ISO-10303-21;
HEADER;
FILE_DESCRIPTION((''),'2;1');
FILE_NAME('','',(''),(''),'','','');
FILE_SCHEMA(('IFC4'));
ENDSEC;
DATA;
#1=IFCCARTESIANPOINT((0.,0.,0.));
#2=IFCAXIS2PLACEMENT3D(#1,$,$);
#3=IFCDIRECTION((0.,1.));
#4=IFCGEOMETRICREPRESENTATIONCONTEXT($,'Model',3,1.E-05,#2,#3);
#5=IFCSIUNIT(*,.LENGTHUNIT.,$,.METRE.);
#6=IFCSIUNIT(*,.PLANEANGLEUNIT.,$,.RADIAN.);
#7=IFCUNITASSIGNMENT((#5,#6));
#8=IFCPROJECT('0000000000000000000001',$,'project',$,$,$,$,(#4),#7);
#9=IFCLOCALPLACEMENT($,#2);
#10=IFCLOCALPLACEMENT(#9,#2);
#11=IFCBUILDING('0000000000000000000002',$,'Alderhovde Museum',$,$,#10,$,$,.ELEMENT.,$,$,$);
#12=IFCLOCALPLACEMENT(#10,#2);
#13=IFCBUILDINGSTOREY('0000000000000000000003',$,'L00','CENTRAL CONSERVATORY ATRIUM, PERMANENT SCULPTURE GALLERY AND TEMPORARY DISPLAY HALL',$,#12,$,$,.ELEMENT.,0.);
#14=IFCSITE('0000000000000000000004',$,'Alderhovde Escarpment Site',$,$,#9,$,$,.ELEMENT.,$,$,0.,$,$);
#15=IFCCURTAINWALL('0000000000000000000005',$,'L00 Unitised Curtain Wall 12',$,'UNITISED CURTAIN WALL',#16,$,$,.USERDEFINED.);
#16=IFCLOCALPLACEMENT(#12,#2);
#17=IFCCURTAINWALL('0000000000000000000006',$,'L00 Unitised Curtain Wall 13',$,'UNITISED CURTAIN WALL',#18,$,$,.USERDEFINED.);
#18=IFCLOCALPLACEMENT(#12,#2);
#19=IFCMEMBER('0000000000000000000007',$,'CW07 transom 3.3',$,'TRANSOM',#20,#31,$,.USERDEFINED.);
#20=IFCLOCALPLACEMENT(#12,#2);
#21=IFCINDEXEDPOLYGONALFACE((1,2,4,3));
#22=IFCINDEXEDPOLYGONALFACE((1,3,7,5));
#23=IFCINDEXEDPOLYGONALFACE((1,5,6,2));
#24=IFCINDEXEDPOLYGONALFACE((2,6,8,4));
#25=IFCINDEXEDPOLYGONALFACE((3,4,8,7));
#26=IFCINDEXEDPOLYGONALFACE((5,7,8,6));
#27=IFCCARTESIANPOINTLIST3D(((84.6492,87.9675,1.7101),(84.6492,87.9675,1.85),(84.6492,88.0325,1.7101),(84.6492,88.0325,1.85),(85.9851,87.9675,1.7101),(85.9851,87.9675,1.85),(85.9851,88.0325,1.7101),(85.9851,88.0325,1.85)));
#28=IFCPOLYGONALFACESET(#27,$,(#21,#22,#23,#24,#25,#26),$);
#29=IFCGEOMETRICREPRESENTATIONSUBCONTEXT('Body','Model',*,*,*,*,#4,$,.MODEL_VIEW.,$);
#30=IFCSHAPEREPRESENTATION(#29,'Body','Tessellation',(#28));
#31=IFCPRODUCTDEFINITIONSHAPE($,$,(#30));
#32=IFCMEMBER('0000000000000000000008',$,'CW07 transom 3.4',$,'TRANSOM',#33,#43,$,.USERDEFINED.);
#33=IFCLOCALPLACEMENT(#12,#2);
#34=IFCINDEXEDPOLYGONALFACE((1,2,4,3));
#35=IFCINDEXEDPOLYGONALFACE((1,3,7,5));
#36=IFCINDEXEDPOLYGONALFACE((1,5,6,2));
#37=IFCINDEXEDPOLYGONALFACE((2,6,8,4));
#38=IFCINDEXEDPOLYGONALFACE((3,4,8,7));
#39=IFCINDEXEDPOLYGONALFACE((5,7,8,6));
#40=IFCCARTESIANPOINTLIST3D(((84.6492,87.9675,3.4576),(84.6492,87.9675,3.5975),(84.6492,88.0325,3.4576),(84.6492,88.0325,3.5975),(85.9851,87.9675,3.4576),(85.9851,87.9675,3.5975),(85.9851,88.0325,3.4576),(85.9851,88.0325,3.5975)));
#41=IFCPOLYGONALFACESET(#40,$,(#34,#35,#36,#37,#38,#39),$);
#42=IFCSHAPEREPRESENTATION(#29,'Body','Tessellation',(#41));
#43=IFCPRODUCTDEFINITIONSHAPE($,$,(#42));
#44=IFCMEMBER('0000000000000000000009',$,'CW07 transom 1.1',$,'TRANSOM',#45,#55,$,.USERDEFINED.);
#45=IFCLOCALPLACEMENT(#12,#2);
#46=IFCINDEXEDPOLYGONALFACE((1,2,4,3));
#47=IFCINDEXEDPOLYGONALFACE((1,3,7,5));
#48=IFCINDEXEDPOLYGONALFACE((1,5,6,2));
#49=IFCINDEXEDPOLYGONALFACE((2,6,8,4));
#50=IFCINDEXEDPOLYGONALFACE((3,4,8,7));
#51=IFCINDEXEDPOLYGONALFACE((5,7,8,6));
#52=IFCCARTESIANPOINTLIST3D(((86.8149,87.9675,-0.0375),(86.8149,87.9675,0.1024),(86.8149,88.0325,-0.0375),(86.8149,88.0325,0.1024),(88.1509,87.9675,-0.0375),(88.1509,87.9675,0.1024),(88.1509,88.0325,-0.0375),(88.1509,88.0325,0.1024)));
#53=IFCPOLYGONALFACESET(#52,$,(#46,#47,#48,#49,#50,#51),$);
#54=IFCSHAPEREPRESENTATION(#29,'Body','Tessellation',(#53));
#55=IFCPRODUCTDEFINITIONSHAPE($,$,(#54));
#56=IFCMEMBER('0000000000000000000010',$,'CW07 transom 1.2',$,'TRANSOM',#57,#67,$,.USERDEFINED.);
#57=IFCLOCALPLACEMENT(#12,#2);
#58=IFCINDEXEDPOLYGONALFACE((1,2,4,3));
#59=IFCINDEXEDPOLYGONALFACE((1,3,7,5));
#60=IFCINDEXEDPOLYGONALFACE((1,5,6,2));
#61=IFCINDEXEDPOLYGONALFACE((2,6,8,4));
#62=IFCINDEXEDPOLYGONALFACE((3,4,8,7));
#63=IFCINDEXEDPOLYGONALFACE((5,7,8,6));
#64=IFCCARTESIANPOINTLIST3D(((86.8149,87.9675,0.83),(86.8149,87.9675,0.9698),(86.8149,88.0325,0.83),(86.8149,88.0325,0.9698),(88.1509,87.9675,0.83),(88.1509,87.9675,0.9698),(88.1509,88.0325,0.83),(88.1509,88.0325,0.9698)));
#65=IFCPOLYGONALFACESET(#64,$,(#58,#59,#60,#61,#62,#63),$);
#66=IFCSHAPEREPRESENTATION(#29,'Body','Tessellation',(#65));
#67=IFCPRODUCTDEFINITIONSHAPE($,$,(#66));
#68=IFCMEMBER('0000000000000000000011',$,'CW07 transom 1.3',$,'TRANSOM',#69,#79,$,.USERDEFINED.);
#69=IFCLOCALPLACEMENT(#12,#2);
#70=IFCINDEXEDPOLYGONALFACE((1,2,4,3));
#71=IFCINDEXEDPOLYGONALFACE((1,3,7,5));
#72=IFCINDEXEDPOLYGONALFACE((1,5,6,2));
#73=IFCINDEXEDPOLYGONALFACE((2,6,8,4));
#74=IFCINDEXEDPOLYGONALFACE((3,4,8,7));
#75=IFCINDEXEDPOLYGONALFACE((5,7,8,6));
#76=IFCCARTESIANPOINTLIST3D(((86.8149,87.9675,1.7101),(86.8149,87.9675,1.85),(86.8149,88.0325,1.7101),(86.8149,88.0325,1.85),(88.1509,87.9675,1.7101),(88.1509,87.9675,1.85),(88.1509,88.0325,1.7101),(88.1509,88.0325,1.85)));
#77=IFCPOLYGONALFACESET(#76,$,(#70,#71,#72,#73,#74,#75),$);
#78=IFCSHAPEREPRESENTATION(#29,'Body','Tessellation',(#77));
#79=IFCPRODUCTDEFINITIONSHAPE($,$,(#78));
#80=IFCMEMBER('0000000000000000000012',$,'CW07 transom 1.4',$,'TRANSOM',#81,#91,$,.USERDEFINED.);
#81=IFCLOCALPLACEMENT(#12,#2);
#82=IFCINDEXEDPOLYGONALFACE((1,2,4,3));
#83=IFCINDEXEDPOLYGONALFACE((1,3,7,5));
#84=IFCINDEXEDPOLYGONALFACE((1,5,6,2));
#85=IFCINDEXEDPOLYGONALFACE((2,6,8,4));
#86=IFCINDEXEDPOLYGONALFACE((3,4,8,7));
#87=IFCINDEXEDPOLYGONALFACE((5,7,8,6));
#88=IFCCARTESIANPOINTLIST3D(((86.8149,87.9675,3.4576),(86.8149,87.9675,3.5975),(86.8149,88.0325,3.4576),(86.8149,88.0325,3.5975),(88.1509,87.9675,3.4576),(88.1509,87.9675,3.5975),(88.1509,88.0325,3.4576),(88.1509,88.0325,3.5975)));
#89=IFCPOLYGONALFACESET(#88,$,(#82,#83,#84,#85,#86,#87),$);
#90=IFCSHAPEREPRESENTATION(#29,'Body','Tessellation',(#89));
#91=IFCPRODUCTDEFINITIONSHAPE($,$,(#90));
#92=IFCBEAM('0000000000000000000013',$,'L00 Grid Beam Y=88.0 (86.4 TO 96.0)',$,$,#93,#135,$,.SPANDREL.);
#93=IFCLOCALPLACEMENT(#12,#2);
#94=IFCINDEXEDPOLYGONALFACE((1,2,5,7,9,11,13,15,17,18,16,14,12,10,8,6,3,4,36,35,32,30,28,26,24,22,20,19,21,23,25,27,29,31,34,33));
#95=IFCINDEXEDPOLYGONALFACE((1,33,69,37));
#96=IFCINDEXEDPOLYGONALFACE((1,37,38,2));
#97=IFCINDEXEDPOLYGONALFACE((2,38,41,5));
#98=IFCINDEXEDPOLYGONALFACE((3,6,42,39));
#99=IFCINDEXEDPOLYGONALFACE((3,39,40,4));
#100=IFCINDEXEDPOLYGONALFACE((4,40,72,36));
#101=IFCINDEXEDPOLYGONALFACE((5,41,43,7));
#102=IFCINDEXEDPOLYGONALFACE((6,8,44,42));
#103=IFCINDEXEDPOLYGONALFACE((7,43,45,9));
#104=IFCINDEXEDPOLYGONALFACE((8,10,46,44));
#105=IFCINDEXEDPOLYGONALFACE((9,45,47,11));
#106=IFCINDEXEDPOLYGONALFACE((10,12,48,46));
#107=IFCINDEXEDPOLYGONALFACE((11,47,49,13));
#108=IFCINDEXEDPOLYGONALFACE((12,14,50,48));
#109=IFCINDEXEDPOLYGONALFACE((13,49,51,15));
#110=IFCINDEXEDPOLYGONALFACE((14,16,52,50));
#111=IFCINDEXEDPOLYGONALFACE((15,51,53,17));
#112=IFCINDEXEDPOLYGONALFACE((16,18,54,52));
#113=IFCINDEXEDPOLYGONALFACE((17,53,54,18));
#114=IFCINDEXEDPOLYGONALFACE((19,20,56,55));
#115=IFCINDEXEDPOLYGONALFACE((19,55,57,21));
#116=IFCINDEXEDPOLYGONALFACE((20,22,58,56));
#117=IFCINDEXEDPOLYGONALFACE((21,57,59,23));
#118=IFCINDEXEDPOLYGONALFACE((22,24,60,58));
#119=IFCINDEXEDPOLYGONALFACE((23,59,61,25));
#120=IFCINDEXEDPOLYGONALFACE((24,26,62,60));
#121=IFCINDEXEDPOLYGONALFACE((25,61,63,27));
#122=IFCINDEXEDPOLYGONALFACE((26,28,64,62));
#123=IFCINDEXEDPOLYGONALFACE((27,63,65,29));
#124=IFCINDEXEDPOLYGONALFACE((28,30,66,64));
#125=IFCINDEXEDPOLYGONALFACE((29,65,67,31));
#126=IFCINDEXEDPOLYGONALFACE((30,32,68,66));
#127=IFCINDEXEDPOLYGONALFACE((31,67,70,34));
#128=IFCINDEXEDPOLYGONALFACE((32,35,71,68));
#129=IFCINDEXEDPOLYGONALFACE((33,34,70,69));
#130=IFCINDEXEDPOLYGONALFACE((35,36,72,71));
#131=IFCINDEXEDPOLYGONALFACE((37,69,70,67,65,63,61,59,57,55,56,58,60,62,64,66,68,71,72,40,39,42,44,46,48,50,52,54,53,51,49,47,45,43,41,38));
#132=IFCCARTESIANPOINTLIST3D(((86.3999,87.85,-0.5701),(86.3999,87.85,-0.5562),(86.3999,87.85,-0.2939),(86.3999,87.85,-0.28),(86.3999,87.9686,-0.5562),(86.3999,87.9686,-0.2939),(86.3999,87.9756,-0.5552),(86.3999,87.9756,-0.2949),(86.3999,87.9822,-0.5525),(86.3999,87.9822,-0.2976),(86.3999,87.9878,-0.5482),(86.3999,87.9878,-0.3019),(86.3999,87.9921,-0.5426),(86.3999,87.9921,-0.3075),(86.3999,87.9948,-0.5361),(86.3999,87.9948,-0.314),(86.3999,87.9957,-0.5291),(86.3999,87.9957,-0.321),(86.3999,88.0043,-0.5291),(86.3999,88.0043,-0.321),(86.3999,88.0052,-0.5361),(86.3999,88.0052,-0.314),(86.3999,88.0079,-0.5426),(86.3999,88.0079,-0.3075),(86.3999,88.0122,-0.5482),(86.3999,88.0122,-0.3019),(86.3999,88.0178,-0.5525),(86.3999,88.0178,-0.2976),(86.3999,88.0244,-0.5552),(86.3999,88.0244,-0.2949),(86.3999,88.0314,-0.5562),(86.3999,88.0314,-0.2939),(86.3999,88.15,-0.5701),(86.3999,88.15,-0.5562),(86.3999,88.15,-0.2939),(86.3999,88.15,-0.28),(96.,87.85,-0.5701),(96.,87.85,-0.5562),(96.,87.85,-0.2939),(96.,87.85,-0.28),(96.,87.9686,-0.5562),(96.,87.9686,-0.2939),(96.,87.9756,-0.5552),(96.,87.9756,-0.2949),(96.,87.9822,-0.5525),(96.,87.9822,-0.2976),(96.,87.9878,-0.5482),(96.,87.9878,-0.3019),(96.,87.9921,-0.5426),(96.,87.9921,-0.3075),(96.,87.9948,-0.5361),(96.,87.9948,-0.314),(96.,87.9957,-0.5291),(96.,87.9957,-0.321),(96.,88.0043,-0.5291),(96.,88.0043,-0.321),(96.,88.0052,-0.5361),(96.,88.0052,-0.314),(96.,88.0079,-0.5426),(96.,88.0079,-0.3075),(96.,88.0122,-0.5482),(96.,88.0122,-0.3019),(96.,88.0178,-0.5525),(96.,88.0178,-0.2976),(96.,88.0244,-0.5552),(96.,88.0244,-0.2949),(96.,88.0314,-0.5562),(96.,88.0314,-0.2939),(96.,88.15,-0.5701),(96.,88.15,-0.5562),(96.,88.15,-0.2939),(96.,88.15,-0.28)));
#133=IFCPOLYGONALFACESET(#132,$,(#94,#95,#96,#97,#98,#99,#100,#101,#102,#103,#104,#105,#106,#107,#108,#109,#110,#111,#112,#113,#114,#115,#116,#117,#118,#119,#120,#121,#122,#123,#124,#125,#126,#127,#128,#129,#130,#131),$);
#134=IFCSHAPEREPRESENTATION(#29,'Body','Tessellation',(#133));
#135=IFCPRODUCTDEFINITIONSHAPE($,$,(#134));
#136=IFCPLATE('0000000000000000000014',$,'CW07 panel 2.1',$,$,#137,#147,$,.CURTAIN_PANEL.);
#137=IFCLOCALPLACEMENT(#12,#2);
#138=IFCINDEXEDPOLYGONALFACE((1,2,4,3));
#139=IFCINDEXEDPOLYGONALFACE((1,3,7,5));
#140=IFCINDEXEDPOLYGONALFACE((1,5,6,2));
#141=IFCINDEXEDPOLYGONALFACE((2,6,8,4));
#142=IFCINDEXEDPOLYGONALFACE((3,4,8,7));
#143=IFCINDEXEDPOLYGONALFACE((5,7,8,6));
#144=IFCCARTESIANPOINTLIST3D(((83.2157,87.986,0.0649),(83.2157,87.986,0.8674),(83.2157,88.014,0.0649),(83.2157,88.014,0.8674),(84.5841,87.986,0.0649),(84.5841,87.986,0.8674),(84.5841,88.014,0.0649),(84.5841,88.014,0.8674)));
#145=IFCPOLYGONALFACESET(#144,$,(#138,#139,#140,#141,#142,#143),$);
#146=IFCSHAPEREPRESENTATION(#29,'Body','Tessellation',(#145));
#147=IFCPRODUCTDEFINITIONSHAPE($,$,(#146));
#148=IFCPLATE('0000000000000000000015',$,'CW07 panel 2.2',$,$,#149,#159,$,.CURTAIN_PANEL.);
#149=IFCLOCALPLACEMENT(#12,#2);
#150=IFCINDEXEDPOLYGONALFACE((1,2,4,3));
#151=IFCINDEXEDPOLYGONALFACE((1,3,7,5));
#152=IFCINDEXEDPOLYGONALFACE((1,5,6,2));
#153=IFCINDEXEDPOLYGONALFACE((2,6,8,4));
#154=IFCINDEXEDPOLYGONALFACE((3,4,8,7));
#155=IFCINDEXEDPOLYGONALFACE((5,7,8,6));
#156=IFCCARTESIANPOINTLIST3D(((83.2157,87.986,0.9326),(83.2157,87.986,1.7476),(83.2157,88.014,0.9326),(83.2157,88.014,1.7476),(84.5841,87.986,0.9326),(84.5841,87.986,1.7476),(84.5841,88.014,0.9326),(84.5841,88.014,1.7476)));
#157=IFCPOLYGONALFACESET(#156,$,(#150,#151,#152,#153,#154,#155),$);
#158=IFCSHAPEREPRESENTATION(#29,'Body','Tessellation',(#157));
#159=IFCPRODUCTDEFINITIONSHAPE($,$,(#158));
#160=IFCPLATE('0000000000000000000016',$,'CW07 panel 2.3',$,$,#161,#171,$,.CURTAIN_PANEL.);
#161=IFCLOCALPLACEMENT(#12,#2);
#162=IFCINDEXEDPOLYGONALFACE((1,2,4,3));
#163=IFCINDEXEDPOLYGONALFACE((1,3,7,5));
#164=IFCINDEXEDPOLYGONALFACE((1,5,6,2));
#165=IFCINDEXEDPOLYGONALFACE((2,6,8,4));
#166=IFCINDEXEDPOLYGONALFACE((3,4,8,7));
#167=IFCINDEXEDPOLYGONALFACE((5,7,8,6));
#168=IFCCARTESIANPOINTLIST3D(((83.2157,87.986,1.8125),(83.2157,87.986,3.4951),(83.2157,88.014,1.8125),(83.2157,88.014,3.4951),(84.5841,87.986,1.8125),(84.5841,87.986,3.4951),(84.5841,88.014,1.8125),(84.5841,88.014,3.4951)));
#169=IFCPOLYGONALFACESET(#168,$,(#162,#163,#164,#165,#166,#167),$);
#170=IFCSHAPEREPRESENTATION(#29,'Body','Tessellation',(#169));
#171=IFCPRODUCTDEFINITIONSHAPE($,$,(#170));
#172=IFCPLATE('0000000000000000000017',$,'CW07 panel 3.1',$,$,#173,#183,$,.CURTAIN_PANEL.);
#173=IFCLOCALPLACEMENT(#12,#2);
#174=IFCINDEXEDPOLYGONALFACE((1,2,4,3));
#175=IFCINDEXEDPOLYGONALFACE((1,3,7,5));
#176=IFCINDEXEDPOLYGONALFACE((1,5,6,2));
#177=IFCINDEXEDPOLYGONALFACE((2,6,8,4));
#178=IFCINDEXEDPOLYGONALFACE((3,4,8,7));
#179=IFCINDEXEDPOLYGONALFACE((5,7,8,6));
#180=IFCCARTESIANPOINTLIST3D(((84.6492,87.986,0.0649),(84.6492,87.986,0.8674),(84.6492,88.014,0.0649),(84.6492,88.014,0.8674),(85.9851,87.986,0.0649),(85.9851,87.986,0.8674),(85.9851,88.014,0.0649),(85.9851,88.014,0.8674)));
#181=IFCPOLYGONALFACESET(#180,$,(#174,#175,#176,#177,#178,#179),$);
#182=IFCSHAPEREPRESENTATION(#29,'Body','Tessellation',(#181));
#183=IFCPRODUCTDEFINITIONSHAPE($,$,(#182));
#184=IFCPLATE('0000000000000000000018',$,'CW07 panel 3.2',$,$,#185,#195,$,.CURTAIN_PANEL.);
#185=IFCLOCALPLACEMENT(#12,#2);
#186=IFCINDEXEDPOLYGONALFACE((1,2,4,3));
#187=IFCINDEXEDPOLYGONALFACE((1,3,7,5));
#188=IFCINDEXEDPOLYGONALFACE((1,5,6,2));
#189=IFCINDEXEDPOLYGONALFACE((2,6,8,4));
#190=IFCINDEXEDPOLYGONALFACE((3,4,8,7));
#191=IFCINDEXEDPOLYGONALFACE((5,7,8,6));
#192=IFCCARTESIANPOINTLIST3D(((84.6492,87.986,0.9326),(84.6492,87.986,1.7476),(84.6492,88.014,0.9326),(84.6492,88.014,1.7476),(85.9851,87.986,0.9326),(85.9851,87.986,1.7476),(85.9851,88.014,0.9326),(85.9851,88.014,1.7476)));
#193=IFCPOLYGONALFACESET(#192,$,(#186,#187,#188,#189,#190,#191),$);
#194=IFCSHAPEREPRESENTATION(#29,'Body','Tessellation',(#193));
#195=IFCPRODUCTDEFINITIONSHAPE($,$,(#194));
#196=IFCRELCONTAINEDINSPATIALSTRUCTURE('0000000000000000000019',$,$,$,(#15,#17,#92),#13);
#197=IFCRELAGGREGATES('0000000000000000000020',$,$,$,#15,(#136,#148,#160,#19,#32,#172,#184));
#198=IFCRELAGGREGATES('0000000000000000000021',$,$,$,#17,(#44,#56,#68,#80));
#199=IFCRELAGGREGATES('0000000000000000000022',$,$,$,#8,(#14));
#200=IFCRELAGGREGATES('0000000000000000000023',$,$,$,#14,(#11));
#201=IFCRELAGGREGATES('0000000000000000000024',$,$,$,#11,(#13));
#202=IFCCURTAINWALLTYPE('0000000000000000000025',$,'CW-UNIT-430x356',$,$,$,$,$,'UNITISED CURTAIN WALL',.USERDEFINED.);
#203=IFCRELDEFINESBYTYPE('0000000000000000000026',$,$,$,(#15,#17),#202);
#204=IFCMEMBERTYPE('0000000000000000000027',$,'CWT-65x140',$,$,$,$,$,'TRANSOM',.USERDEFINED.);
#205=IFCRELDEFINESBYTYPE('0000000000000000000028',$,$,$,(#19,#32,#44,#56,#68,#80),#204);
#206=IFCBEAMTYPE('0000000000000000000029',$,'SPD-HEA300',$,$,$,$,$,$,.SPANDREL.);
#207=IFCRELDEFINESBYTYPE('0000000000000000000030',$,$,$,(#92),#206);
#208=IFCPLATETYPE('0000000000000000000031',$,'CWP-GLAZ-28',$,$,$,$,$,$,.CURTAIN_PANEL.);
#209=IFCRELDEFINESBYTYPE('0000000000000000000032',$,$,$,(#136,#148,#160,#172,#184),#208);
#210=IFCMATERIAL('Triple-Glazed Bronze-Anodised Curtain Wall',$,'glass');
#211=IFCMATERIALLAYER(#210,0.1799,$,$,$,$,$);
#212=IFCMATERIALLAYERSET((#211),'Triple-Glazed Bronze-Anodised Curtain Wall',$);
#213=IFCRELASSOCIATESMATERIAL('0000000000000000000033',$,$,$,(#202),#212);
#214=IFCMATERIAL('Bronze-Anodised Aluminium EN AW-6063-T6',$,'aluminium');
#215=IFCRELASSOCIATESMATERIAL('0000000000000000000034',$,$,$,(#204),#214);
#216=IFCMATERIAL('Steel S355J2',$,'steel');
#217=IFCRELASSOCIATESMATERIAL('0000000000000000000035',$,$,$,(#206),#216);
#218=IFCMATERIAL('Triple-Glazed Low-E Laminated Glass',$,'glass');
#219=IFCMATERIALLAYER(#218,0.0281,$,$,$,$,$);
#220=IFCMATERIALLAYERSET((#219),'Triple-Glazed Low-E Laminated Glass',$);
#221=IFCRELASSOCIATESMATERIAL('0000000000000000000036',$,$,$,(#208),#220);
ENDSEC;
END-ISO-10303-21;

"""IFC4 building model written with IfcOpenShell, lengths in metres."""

from ifc_helpers import new_model, si_unit, direction, frame, origin, origin_2d, place, context, subcontext, project, spatial, rectangle, i_section, extrude, material, layer, layer_set, material_profile, profile_set, type_object, element, aggregate, save


model = new_model("IFC4")

# Units and contexts
model_context = context("Model", 3, precision=1e-05, world=origin(), true_north=direction((0.0, 1.0)))
body_context = subcontext(model_context, "Body", "Model", "MODEL_VIEW")
ifc_project = project(units=[si_unit("LENGTHUNIT", "METRE"), si_unit("PLANEANGLEUNIT", "RADIAN")], contexts=[model_context])

# Site, building, storey
site_placement = place(None, origin())
site = spatial("IfcSite", under=ifc_project, at=site_placement, Name="Alderhovde Escarpment Site", CompositionType="ELEMENT", RefElevation=0.0)
building_placement = place(site_placement, origin())
building = spatial("IfcBuilding", under=site, at=building_placement, Name="Alderhovde Museum", CompositionType="ELEMENT")
storey_placement = place(building_placement, origin())
storey = spatial("IfcBuildingStorey", under=building, at=storey_placement, Name="L00", Description="CENTRAL CONSERVATORY ATRIUM, PERMANENT SCULPTURE GALLERY AND TEMPORARY DISPLAY HALL", CompositionType="ELEMENT", Elevation=0.0)

# Curtain walls
ifc_material_1 = material(Name="Triple-Glazed Bronze-Anodised Curtain Wall", Category="glass")
ifc_layer_1 = layer(ifc_material_1, 0.1799)
ifc_layer_set_1 = layer_set([ifc_layer_1], Name="Triple-Glazed Bronze-Anodised Curtain Wall")
curtain_wall_type = type_object("IfcCurtainWallType", Name="CW-UNIT-430x356", ElementType="UNITISED CURTAIN WALL", PredefinedType="USERDEFINED", material=ifc_layer_set_1)
curtain_wall_1_placement = place(storey_placement, origin())
curtain_wall_1 = element("IfcCurtainWall", 1, at=curtain_wall_1_placement, inside=storey, type_object=curtain_wall_type, Name="L00 Unitised Curtain Wall 12", ObjectType="UNITISED CURTAIN WALL", PredefinedType="USERDEFINED")
curtain_wall_2_placement = place(storey_placement, origin())
curtain_wall_2 = element("IfcCurtainWall", 2, at=curtain_wall_2_placement, inside=storey, type_object=curtain_wall_type, Name="L00 Unitised Curtain Wall 13", ObjectType="UNITISED CURTAIN WALL", PredefinedType="USERDEFINED")

# Members
ifc_material_2 = material(Name="Bronze-Anodised Aluminium EN AW-6063-T6", Category="aluminium")
ifc_material_profile_1 = material_profile(ifc_material_2, rectangle(XDim=0.0649, YDim=0.1399, at=origin_2d()), Name="TRANSOM 65x140")
ifc_profile_set_1 = profile_set([ifc_material_profile_1], Name="Bronze-Anodised Aluminium EN AW-6063-T6")
member_type_1 = type_object("IfcMemberType", Name="CWT-65x140", ElementType="TRANSOM", PredefinedType="USERDEFINED", material=ifc_profile_set_1)
member_1_placement = place(storey_placement, frame((84.6492, 88.0, 1.78), z_axis=(1.0, 0.0, 0.0), x_axis=(0.0, 1.0, 0.0)))
member_1 = element("IfcMember", 3, at=member_1_placement, type_object=member_type_1, Name="CW07 transom 3.3", ObjectType="TRANSOM", PredefinedType="USERDEFINED", context=body_context, shape_type="SweptSolid", body=[
    extrude(rectangle(XDim=0.0649, YDim=0.1399, at=origin_2d()), origin(), (0.0, 0.0, 1.0), 1.3359),
])
member_2_placement = place(storey_placement, frame((84.6492, 88.0, 3.5276), z_axis=(1.0, 0.0, 0.0), x_axis=(0.0, 1.0, 0.0)))
member_2 = element("IfcMember", 4, at=member_2_placement, type_object=member_type_1, Name="CW07 transom 3.4", ObjectType="TRANSOM", PredefinedType="USERDEFINED", context=body_context, shape_type="SweptSolid", body=[
    extrude(rectangle(XDim=0.0649, YDim=0.1399, at=origin_2d()), origin(), (0.0, 0.0, 1.0), 1.3359),
])
member_3_placement = place(storey_placement, frame((86.8149, 88.0, 0.0325), z_axis=(1.0, 0.0, 0.0), x_axis=(0.0, 1.0, 0.0)))
member_3 = element("IfcMember", 5, at=member_3_placement, type_object=member_type_1, Name="CW07 transom 1.1", ObjectType="TRANSOM", PredefinedType="USERDEFINED", context=body_context, shape_type="SweptSolid", body=[
    extrude(rectangle(XDim=0.0649, YDim=0.1399, at=origin_2d()), origin(), (0.0, 0.0, 1.0), 1.3359),
])
member_4_placement = place(storey_placement, frame((86.8149, 88.0, 0.8999), z_axis=(1.0, 0.0, 0.0), x_axis=(0.0, 1.0, 0.0)))
member_4 = element("IfcMember", 6, at=member_4_placement, type_object=member_type_1, Name="CW07 transom 1.2", ObjectType="TRANSOM", PredefinedType="USERDEFINED", context=body_context, shape_type="SweptSolid", body=[
    extrude(rectangle(XDim=0.0649, YDim=0.1399, at=origin_2d()), origin(), (0.0, 0.0, 1.0), 1.3359),
])
member_5_placement = place(storey_placement, frame((86.8149, 88.0, 1.78), z_axis=(1.0, 0.0, 0.0), x_axis=(0.0, 1.0, 0.0)))
member_5 = element("IfcMember", 7, at=member_5_placement, type_object=member_type_1, Name="CW07 transom 1.3", ObjectType="TRANSOM", PredefinedType="USERDEFINED", context=body_context, shape_type="SweptSolid", body=[
    extrude(rectangle(XDim=0.0649, YDim=0.1399, at=origin_2d()), origin(), (0.0, 0.0, 1.0), 1.3359),
])
member_6_placement = place(storey_placement, frame((86.8149, 88.0, 3.5276), z_axis=(1.0, 0.0, 0.0), x_axis=(0.0, 1.0, 0.0)))
member_6 = element("IfcMember", 8, at=member_6_placement, type_object=member_type_1, Name="CW07 transom 1.4", ObjectType="TRANSOM", PredefinedType="USERDEFINED", context=body_context, shape_type="SweptSolid", body=[
    extrude(rectangle(XDim=0.0649, YDim=0.1399, at=origin_2d()), origin(), (0.0, 0.0, 1.0), 1.3359),
])

# Beam
ifc_material_3 = material(Name="Steel S355J2", Category="steel")
ifc_material_profile_2 = material_profile(ifc_material_3, i_section(OverallWidth=0.3, OverallDepth=0.29, WebThickness=0.0085, FlangeThickness=0.0139, FilletRadius=0.0271, at=origin_2d()), Name="HEA 300")
ifc_profile_set_2 = profile_set([ifc_material_profile_2], Name="Steel S355J2")
beam_type = type_object("IfcBeamType", Name="SPD-HEA300", PredefinedType="SPANDREL", material=ifc_profile_set_2)
beam_placement = place(storey_placement, frame((86.3999, 88.0, -0.425), z_axis=(1.0, 0.0, 0.0), x_axis=(0.0, 1.0, 0.0)))
element("IfcBeam", 9, at=beam_placement, inside=storey, type_object=beam_type, Name="L00 Grid Beam Y=88.0 (86.4 TO 96.0)", PredefinedType="SPANDREL", context=body_context, shape_type="SweptSolid", body=[
    extrude(i_section(OverallWidth=0.3, OverallDepth=0.29, WebThickness=0.0085, FlangeThickness=0.0139, FilletRadius=0.0271, at=origin_2d()), origin(), (0.0, 0.0, 1.0), 9.6001),
])

# Plates
ifc_material_4 = material(Name="Triple-Glazed Low-E Laminated Glass", Category="glass")
ifc_layer_2 = layer(ifc_material_4, 0.0281)
ifc_layer_set_2 = layer_set([ifc_layer_2], Name="Triple-Glazed Low-E Laminated Glass")
plate_type_1 = type_object("IfcPlateType", Name="CWP-GLAZ-28", PredefinedType="CURTAIN_PANEL", material=ifc_layer_set_2)
plate_1_placement = place(storey_placement, frame((83.8999, 88.0, 0.0649), z_axis=(0.0, 0.0, 1.0), x_axis=(1.0, 0.0, 0.0)))
plate_1 = element("IfcPlate", 10, at=plate_1_placement, type_object=plate_type_1, Name="CW07 panel 2.1", PredefinedType="CURTAIN_PANEL", context=body_context, shape_type="SweptSolid", body=[
    extrude(rectangle(XDim=1.3684, YDim=0.0281, at=origin_2d()), origin(), (0.0, 0.0, 1.0), 0.8025),
])
plate_2_placement = place(storey_placement, frame((83.8999, 88.0, 0.9326), z_axis=(0.0, 0.0, 1.0), x_axis=(1.0, 0.0, 0.0)))
plate_2 = element("IfcPlate", 11, at=plate_2_placement, type_object=plate_type_1, Name="CW07 panel 2.2", PredefinedType="CURTAIN_PANEL", context=body_context, shape_type="SweptSolid", body=[
    extrude(rectangle(XDim=1.3684, YDim=0.0281, at=origin_2d()), origin(), (0.0, 0.0, 1.0), 0.8149),
])
plate_3_placement = place(storey_placement, frame((83.8999, 88.0, 1.8125), z_axis=(0.0, 0.0, 1.0), x_axis=(1.0, 0.0, 0.0)))
plate_3 = element("IfcPlate", 12, at=plate_3_placement, type_object=plate_type_1, Name="CW07 panel 2.3", PredefinedType="CURTAIN_PANEL", context=body_context, shape_type="SweptSolid", body=[
    extrude(rectangle(XDim=1.3684, YDim=0.0281, at=origin_2d()), origin(), (0.0, 0.0, 1.0), 1.6826),
])
plate_4_placement = place(storey_placement, frame((85.3171, 88.0, 0.0649), z_axis=(0.0, 0.0, 1.0), x_axis=(1.0, 0.0, 0.0)))
plate_4 = element("IfcPlate", 13, at=plate_4_placement, type_object=plate_type_1, Name="CW07 panel 3.1", PredefinedType="CURTAIN_PANEL", context=body_context, shape_type="SweptSolid", body=[
    extrude(rectangle(XDim=1.3359, YDim=0.0281, at=origin_2d()), origin(), (0.0, 0.0, 1.0), 0.8025),
])
plate_5_placement = place(storey_placement, frame((85.3171, 88.0, 0.9326), z_axis=(0.0, 0.0, 1.0), x_axis=(1.0, 0.0, 0.0)))
plate_5 = element("IfcPlate", 14, at=plate_5_placement, type_object=plate_type_1, Name="CW07 panel 3.2", PredefinedType="CURTAIN_PANEL", context=body_context, shape_type="SweptSolid", body=[
    extrude(rectangle(XDim=1.3359, YDim=0.0281, at=origin_2d()), origin(), (0.0, 0.0, 1.0), 0.8149),
])
aggregate(curtain_wall_1, [plate_1, plate_2, plate_3, member_1, member_2, plate_4, plate_5])
aggregate(curtain_wall_2, [member_3, member_4, member_5, member_6])

save(model, "model.ifc")
